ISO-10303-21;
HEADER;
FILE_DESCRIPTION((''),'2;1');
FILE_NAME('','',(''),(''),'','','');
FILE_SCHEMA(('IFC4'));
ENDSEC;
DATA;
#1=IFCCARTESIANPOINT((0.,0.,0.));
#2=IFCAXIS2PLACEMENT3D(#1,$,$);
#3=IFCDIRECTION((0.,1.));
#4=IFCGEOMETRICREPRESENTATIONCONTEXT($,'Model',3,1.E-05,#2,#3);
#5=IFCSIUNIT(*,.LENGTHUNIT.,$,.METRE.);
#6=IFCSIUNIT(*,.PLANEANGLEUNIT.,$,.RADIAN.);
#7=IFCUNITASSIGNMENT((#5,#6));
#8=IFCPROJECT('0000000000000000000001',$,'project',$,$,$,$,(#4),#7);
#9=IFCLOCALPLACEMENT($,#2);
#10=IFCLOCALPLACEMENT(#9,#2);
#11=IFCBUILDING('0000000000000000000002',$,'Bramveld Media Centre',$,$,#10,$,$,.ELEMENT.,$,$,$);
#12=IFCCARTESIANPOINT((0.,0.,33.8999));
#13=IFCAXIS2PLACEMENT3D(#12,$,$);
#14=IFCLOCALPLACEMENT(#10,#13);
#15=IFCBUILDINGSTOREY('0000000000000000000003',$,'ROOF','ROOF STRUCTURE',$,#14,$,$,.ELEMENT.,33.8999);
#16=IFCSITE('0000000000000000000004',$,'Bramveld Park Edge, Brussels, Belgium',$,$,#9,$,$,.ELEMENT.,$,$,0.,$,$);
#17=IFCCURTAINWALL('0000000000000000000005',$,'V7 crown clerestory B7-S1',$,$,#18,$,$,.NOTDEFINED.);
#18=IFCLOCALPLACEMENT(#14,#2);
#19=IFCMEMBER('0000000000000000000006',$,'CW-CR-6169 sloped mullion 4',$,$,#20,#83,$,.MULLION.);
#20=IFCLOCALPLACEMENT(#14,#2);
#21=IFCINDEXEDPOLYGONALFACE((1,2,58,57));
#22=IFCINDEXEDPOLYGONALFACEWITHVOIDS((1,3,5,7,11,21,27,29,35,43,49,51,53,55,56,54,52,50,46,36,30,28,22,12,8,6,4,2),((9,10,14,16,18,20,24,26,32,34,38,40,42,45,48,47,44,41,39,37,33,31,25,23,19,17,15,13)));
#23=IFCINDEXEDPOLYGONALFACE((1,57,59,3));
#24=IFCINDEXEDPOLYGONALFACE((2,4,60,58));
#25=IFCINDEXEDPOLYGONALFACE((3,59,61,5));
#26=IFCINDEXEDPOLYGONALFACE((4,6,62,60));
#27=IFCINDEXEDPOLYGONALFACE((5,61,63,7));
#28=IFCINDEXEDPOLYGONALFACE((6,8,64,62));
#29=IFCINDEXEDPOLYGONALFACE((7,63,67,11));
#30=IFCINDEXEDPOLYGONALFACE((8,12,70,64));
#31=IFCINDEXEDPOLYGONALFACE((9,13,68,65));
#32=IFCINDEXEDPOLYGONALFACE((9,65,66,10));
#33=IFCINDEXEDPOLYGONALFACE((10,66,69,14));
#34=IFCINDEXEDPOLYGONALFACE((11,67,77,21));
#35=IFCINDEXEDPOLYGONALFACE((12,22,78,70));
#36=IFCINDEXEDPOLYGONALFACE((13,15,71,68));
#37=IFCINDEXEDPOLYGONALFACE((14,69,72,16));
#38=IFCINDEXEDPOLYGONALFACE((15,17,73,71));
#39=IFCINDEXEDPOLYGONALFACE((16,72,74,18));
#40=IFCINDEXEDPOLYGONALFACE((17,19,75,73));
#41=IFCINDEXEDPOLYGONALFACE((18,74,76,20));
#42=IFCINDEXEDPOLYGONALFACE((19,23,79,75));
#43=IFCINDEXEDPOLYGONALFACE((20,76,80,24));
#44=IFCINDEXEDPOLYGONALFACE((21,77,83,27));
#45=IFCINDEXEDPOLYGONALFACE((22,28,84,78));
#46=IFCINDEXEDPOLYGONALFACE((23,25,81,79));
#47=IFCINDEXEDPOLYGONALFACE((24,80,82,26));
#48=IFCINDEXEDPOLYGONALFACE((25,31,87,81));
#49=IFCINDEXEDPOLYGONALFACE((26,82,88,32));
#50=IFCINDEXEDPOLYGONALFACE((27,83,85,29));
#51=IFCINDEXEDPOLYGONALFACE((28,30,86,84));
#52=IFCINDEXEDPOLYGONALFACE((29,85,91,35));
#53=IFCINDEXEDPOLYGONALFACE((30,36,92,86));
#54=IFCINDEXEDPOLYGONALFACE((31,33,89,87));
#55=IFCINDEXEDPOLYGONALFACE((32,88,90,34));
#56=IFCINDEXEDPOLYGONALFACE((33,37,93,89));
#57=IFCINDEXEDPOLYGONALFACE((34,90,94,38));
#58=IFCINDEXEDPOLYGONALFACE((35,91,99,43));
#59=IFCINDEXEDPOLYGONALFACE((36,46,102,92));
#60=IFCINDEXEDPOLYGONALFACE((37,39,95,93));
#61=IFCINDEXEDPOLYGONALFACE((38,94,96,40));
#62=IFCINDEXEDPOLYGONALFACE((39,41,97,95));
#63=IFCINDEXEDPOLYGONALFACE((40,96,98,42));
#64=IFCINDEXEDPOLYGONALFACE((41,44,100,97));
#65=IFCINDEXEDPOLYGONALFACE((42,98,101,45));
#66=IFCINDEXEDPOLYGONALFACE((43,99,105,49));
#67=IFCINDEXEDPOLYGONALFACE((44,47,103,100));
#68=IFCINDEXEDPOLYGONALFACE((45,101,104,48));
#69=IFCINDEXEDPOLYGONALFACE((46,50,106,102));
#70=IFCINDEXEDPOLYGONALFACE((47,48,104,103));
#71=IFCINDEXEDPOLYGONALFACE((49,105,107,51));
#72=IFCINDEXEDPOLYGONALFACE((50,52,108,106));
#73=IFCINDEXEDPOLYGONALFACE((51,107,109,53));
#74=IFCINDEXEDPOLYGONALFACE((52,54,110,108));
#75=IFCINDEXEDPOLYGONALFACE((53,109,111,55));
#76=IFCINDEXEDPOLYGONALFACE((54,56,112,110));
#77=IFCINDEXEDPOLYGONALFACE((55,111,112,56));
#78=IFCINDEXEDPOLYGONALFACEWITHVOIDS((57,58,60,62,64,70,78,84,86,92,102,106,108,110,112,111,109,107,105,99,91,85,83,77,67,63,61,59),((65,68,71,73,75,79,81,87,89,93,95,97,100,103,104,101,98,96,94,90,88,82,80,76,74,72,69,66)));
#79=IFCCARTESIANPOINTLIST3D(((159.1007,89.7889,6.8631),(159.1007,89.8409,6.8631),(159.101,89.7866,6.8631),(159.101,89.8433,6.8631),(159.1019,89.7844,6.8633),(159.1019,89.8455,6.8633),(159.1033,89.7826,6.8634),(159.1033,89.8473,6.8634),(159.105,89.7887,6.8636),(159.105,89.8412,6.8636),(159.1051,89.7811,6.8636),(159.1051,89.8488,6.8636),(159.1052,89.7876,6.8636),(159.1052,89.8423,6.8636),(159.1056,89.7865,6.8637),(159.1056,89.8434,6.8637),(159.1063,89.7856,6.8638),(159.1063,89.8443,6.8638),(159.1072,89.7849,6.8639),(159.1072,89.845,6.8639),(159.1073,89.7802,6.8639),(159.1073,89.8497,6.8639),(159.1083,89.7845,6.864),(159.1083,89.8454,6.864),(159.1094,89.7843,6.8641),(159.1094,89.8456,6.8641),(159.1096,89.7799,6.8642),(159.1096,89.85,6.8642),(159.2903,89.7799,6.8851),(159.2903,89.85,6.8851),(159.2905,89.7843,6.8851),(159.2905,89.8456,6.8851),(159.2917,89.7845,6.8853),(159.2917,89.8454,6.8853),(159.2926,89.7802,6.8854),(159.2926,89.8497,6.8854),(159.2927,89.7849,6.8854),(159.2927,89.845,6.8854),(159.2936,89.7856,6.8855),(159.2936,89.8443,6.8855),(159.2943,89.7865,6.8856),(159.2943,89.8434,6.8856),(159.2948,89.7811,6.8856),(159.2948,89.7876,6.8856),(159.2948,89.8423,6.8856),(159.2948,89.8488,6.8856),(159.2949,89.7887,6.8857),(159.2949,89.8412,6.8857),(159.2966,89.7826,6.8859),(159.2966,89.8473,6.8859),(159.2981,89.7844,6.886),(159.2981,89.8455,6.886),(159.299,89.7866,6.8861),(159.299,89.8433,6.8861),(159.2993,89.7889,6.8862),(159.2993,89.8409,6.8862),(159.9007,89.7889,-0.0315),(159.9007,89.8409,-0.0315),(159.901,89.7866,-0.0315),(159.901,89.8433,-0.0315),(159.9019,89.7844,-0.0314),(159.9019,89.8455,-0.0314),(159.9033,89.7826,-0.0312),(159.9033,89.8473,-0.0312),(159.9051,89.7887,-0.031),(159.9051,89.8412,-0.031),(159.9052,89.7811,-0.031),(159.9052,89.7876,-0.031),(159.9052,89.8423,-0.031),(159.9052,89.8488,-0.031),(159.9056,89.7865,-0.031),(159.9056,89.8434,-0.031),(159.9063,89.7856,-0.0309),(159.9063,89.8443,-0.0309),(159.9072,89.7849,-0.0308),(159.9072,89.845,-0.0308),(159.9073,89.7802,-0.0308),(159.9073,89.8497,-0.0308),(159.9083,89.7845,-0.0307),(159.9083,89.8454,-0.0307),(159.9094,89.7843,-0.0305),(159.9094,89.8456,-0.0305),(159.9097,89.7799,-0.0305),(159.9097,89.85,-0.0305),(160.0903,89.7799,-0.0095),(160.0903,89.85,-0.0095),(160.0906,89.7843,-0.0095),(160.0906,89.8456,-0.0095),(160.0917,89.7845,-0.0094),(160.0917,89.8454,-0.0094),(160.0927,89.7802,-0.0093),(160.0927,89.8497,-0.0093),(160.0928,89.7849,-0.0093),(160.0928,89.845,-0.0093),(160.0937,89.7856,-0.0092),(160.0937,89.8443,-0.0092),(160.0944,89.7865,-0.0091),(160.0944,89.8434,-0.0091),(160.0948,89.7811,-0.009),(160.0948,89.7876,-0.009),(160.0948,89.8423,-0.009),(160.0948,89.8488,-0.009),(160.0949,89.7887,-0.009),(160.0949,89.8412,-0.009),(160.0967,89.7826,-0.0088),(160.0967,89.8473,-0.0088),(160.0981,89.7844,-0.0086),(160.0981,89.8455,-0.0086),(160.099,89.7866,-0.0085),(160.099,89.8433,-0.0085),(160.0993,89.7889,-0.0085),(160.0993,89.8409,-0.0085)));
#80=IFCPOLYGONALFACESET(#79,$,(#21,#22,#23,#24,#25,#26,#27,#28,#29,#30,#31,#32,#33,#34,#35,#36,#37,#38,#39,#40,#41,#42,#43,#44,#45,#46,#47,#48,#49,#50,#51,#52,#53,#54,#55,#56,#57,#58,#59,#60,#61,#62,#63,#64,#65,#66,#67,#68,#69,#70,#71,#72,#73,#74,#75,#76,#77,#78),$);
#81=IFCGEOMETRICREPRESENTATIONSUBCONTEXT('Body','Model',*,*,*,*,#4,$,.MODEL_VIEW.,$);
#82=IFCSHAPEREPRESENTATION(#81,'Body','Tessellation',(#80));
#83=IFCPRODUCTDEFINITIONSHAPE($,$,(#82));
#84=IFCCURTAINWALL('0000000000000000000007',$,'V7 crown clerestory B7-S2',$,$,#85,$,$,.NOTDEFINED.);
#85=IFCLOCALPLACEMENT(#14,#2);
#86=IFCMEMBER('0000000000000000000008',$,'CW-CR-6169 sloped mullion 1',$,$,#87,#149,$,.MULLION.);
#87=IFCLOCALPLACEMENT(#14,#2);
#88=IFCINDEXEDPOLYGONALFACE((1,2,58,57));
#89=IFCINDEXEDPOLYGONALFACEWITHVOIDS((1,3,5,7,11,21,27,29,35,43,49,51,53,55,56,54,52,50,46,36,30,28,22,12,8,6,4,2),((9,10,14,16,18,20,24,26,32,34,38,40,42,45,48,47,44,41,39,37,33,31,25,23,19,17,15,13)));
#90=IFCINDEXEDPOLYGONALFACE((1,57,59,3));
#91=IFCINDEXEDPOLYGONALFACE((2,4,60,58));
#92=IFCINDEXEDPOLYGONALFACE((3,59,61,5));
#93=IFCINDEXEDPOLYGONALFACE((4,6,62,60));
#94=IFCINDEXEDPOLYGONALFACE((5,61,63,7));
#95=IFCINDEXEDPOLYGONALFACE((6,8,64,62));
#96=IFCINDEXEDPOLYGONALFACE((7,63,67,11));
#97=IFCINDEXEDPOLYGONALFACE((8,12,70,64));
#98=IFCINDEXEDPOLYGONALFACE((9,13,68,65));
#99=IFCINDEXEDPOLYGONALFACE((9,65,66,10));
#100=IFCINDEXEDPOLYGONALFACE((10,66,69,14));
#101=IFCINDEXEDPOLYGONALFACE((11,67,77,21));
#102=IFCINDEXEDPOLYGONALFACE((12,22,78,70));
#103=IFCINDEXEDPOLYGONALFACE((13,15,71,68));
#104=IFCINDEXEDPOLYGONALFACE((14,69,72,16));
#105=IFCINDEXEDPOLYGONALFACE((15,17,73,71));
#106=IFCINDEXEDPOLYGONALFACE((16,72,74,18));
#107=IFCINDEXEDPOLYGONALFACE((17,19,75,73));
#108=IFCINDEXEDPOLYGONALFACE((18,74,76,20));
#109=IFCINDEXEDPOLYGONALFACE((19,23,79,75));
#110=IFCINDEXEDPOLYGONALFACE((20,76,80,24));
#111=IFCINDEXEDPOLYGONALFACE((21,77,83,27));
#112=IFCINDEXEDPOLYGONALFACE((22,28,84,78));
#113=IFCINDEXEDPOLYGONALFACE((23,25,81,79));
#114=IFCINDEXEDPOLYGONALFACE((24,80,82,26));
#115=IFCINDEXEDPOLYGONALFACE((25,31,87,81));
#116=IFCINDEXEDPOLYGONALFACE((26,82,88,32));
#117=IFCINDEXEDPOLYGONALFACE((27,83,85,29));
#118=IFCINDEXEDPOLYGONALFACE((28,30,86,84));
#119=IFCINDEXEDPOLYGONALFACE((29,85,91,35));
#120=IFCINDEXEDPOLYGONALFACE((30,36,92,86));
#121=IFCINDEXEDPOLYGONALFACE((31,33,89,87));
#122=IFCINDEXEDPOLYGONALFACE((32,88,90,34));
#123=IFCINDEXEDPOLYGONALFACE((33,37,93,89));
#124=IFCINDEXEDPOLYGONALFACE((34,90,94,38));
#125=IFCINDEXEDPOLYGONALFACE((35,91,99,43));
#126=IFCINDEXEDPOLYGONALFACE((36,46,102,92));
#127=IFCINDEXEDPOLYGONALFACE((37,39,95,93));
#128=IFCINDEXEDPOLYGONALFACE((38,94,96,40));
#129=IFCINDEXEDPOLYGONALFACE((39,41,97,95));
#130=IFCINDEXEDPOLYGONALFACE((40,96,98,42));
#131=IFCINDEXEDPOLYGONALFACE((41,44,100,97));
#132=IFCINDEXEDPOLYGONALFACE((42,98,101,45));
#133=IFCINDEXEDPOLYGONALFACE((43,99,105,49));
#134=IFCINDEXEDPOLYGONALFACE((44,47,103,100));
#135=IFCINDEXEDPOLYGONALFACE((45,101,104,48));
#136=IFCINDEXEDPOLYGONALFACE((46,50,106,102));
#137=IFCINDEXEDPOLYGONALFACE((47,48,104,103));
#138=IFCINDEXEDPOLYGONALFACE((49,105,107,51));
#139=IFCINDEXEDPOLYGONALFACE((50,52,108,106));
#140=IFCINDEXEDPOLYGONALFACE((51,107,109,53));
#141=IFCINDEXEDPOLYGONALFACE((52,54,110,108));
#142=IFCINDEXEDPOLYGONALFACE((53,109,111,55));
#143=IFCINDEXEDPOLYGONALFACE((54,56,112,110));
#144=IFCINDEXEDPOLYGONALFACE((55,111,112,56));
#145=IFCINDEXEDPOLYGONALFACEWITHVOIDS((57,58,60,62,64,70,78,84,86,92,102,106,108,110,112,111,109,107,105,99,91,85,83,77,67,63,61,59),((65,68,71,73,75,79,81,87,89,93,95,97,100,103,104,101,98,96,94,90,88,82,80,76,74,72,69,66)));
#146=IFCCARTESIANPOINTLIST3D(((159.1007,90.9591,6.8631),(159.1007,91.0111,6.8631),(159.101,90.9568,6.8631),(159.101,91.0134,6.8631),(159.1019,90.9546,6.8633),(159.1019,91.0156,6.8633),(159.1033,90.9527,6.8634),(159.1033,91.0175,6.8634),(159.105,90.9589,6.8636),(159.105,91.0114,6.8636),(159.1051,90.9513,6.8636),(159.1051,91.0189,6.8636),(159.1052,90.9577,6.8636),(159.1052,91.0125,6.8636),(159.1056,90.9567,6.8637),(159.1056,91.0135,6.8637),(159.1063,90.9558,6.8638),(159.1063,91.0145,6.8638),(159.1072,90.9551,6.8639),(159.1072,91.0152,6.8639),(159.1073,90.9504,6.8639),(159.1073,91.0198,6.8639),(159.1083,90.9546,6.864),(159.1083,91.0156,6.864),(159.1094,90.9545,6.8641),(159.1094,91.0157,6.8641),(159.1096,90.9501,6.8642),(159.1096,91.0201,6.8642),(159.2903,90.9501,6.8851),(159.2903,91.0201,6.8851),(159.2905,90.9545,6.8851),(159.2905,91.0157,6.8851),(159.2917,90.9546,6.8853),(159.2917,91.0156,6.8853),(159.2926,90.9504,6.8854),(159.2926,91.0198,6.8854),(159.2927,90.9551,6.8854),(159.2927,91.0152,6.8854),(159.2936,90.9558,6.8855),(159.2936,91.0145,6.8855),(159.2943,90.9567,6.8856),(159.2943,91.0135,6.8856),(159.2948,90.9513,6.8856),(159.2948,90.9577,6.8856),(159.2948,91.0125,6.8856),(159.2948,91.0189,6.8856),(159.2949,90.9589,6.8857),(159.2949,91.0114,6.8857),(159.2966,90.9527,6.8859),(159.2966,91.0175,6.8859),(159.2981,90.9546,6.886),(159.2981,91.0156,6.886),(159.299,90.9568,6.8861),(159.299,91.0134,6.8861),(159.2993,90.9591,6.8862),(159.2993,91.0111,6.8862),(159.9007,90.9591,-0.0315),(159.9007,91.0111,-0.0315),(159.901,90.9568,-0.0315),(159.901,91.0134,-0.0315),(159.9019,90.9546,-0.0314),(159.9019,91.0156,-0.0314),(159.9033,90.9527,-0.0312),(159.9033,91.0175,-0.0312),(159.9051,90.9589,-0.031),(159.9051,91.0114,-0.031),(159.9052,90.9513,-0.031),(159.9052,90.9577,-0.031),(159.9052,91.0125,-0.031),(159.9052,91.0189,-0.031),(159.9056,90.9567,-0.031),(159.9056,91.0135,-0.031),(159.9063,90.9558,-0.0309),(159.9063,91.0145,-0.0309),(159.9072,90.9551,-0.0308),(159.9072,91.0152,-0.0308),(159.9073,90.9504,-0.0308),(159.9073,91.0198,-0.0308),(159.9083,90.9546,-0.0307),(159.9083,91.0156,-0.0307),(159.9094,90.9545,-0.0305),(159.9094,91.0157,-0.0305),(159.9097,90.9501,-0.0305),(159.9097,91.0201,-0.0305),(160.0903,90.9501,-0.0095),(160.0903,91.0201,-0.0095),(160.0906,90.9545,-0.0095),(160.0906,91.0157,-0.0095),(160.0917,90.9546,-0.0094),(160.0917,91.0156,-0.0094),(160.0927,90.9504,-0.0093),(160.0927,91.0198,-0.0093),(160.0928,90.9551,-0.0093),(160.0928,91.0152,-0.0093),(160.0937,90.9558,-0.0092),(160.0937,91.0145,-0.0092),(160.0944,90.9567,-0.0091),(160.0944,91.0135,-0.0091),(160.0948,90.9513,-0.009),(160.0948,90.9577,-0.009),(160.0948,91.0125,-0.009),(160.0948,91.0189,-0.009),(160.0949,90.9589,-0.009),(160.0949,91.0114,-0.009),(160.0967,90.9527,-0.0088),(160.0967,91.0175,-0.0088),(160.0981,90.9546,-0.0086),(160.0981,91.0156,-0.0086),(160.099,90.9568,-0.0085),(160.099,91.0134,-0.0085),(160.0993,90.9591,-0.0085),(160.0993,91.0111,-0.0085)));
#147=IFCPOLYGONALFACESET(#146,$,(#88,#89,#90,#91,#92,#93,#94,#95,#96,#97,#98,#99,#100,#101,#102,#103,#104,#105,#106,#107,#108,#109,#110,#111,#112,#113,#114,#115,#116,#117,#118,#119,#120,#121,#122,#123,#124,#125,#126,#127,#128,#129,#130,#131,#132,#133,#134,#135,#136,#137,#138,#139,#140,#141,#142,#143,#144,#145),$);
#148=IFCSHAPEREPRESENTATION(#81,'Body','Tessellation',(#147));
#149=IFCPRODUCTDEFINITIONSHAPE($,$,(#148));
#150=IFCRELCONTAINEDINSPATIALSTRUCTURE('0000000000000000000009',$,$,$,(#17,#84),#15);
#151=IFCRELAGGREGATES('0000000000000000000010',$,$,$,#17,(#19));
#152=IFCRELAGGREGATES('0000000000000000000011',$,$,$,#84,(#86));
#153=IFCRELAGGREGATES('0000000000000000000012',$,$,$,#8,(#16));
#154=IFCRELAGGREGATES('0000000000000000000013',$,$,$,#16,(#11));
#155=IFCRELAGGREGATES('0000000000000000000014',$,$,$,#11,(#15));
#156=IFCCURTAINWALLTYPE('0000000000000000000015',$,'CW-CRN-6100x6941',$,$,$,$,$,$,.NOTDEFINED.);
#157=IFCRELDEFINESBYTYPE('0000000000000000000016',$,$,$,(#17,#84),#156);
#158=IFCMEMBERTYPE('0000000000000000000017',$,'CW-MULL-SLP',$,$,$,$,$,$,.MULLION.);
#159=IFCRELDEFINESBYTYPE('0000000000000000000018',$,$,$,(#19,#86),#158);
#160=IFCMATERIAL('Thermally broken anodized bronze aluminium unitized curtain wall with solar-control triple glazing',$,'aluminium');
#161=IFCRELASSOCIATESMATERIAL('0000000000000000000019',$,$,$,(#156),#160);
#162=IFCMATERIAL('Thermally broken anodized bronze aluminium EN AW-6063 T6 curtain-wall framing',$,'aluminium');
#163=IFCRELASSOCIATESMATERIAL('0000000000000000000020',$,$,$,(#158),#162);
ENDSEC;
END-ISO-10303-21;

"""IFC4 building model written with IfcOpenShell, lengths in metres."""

from ifc_helpers import new_model, si_unit, direction, frame, origin, origin_2d, place, context, subcontext, project, spatial, hollow_rectangle, extrude, material, material_profile, profile_set, type_object, element, aggregate, save


model = new_model("IFC4")

# Units and contexts
model_context = context("Model", 3, precision=1e-05, world=origin(), true_north=direction((0.0, 1.0)))
body_context = subcontext(model_context, "Body", "Model", "MODEL_VIEW")
ifc_project = project(units=[si_unit("LENGTHUNIT", "METRE"), si_unit("PLANEANGLEUNIT", "RADIAN")], contexts=[model_context])

# Site, building, storey
site_placement = place(None, origin())
site = spatial("IfcSite", under=ifc_project, at=site_placement, Name="Bramveld Park Edge, Brussels, Belgium", CompositionType="ELEMENT", RefElevation=0.0)
building_placement = place(site_placement, origin())
building = spatial("IfcBuilding", under=site, at=building_placement, Name="Bramveld Media Centre", CompositionType="ELEMENT")
storey_placement = place(building_placement, frame((0.0, 0.0, 33.8999)))
storey = spatial("IfcBuildingStorey", under=building, at=storey_placement, Name="ROOF", Description="ROOF STRUCTURE", CompositionType="ELEMENT", Elevation=33.8999)

# Curtain walls, members
ifc_material_1 = material(Name="Thermally broken anodized bronze aluminium unitized curtain wall with solar-control triple glazing", Category="aluminium")
curtain_wall_type = type_object("IfcCurtainWallType", Name="CW-CRN-6100x6941", PredefinedType="NOTDEFINED", material=ifc_material_1)
ifc_material_2 = material(Name="Thermally broken anodized bronze aluminium EN AW-6063 T6 curtain-wall framing", Category="aluminium")
ifc_material_profile_1 = material_profile(ifc_material_2, hollow_rectangle(XDim=0.0701, YDim=0.2, WallThickness=0.0044, InnerFilletRadius=0.0044, OuterFilletRadius=0.009, at=origin_2d()), Name="AL-MULL 70x200")
ifc_profile_set_1 = profile_set([ifc_material_profile_1], Name="Thermally broken anodized bronze aluminium EN AW-6063 T6 curtain-wall framing")
member_type_1 = type_object("IfcMemberType", Name="CW-MULL-SLP", PredefinedType="MULLION", material=ifc_profile_set_1)
curtain_wall_1_placement = place(storey_placement, origin())
curtain_wall_1 = element("IfcCurtainWall", 1, at=curtain_wall_1_placement, inside=storey, type_object=curtain_wall_type, Name="V7 crown clerestory B7-S1", PredefinedType="NOTDEFINED")
member_1_placement = place(storey_placement, frame((160.0, 89.8149, -0.02), z_axis=(-0.115264, 0.0, 0.993335), x_axis=(0.0, -1.0, 0.0)))
member_1 = element("IfcMember", 2, at=member_1_placement, type_object=member_type_1, Name="CW-CR-6169 sloped mullion 4", PredefinedType="MULLION", context=body_context, shape_type="SweptSolid", body=[
    extrude(hollow_rectangle(XDim=0.0701, YDim=0.2, WallThickness=0.0044, InnerFilletRadius=0.0044, OuterFilletRadius=0.009, at=origin_2d()), origin(), (0.0, 0.0, 1.0), 6.9409),
])
curtain_wall_2_placement = place(storey_placement, origin())
curtain_wall_2 = element("IfcCurtainWall", 3, at=curtain_wall_2_placement, inside=storey, type_object=curtain_wall_type, Name="V7 crown clerestory B7-S2", PredefinedType="NOTDEFINED")
member_2_placement = place(storey_placement, frame((160.0, 90.9851, -0.02), z_axis=(-0.115264, 0.0, 0.993335), x_axis=(0.0, -1.0, 0.0)))
member_2 = element("IfcMember", 4, at=member_2_placement, type_object=member_type_1, Name="CW-CR-6169 sloped mullion 1", PredefinedType="MULLION", context=body_context, shape_type="SweptSolid", body=[
    extrude(hollow_rectangle(XDim=0.0701, YDim=0.2, WallThickness=0.0044, InnerFilletRadius=0.0044, OuterFilletRadius=0.009, at=origin_2d()), origin(), (0.0, 0.0, 1.0), 6.9409),
])

aggregate(curtain_wall_1, [member_1])
aggregate(curtain_wall_2, [member_2])

save(model, "model.ifc")
